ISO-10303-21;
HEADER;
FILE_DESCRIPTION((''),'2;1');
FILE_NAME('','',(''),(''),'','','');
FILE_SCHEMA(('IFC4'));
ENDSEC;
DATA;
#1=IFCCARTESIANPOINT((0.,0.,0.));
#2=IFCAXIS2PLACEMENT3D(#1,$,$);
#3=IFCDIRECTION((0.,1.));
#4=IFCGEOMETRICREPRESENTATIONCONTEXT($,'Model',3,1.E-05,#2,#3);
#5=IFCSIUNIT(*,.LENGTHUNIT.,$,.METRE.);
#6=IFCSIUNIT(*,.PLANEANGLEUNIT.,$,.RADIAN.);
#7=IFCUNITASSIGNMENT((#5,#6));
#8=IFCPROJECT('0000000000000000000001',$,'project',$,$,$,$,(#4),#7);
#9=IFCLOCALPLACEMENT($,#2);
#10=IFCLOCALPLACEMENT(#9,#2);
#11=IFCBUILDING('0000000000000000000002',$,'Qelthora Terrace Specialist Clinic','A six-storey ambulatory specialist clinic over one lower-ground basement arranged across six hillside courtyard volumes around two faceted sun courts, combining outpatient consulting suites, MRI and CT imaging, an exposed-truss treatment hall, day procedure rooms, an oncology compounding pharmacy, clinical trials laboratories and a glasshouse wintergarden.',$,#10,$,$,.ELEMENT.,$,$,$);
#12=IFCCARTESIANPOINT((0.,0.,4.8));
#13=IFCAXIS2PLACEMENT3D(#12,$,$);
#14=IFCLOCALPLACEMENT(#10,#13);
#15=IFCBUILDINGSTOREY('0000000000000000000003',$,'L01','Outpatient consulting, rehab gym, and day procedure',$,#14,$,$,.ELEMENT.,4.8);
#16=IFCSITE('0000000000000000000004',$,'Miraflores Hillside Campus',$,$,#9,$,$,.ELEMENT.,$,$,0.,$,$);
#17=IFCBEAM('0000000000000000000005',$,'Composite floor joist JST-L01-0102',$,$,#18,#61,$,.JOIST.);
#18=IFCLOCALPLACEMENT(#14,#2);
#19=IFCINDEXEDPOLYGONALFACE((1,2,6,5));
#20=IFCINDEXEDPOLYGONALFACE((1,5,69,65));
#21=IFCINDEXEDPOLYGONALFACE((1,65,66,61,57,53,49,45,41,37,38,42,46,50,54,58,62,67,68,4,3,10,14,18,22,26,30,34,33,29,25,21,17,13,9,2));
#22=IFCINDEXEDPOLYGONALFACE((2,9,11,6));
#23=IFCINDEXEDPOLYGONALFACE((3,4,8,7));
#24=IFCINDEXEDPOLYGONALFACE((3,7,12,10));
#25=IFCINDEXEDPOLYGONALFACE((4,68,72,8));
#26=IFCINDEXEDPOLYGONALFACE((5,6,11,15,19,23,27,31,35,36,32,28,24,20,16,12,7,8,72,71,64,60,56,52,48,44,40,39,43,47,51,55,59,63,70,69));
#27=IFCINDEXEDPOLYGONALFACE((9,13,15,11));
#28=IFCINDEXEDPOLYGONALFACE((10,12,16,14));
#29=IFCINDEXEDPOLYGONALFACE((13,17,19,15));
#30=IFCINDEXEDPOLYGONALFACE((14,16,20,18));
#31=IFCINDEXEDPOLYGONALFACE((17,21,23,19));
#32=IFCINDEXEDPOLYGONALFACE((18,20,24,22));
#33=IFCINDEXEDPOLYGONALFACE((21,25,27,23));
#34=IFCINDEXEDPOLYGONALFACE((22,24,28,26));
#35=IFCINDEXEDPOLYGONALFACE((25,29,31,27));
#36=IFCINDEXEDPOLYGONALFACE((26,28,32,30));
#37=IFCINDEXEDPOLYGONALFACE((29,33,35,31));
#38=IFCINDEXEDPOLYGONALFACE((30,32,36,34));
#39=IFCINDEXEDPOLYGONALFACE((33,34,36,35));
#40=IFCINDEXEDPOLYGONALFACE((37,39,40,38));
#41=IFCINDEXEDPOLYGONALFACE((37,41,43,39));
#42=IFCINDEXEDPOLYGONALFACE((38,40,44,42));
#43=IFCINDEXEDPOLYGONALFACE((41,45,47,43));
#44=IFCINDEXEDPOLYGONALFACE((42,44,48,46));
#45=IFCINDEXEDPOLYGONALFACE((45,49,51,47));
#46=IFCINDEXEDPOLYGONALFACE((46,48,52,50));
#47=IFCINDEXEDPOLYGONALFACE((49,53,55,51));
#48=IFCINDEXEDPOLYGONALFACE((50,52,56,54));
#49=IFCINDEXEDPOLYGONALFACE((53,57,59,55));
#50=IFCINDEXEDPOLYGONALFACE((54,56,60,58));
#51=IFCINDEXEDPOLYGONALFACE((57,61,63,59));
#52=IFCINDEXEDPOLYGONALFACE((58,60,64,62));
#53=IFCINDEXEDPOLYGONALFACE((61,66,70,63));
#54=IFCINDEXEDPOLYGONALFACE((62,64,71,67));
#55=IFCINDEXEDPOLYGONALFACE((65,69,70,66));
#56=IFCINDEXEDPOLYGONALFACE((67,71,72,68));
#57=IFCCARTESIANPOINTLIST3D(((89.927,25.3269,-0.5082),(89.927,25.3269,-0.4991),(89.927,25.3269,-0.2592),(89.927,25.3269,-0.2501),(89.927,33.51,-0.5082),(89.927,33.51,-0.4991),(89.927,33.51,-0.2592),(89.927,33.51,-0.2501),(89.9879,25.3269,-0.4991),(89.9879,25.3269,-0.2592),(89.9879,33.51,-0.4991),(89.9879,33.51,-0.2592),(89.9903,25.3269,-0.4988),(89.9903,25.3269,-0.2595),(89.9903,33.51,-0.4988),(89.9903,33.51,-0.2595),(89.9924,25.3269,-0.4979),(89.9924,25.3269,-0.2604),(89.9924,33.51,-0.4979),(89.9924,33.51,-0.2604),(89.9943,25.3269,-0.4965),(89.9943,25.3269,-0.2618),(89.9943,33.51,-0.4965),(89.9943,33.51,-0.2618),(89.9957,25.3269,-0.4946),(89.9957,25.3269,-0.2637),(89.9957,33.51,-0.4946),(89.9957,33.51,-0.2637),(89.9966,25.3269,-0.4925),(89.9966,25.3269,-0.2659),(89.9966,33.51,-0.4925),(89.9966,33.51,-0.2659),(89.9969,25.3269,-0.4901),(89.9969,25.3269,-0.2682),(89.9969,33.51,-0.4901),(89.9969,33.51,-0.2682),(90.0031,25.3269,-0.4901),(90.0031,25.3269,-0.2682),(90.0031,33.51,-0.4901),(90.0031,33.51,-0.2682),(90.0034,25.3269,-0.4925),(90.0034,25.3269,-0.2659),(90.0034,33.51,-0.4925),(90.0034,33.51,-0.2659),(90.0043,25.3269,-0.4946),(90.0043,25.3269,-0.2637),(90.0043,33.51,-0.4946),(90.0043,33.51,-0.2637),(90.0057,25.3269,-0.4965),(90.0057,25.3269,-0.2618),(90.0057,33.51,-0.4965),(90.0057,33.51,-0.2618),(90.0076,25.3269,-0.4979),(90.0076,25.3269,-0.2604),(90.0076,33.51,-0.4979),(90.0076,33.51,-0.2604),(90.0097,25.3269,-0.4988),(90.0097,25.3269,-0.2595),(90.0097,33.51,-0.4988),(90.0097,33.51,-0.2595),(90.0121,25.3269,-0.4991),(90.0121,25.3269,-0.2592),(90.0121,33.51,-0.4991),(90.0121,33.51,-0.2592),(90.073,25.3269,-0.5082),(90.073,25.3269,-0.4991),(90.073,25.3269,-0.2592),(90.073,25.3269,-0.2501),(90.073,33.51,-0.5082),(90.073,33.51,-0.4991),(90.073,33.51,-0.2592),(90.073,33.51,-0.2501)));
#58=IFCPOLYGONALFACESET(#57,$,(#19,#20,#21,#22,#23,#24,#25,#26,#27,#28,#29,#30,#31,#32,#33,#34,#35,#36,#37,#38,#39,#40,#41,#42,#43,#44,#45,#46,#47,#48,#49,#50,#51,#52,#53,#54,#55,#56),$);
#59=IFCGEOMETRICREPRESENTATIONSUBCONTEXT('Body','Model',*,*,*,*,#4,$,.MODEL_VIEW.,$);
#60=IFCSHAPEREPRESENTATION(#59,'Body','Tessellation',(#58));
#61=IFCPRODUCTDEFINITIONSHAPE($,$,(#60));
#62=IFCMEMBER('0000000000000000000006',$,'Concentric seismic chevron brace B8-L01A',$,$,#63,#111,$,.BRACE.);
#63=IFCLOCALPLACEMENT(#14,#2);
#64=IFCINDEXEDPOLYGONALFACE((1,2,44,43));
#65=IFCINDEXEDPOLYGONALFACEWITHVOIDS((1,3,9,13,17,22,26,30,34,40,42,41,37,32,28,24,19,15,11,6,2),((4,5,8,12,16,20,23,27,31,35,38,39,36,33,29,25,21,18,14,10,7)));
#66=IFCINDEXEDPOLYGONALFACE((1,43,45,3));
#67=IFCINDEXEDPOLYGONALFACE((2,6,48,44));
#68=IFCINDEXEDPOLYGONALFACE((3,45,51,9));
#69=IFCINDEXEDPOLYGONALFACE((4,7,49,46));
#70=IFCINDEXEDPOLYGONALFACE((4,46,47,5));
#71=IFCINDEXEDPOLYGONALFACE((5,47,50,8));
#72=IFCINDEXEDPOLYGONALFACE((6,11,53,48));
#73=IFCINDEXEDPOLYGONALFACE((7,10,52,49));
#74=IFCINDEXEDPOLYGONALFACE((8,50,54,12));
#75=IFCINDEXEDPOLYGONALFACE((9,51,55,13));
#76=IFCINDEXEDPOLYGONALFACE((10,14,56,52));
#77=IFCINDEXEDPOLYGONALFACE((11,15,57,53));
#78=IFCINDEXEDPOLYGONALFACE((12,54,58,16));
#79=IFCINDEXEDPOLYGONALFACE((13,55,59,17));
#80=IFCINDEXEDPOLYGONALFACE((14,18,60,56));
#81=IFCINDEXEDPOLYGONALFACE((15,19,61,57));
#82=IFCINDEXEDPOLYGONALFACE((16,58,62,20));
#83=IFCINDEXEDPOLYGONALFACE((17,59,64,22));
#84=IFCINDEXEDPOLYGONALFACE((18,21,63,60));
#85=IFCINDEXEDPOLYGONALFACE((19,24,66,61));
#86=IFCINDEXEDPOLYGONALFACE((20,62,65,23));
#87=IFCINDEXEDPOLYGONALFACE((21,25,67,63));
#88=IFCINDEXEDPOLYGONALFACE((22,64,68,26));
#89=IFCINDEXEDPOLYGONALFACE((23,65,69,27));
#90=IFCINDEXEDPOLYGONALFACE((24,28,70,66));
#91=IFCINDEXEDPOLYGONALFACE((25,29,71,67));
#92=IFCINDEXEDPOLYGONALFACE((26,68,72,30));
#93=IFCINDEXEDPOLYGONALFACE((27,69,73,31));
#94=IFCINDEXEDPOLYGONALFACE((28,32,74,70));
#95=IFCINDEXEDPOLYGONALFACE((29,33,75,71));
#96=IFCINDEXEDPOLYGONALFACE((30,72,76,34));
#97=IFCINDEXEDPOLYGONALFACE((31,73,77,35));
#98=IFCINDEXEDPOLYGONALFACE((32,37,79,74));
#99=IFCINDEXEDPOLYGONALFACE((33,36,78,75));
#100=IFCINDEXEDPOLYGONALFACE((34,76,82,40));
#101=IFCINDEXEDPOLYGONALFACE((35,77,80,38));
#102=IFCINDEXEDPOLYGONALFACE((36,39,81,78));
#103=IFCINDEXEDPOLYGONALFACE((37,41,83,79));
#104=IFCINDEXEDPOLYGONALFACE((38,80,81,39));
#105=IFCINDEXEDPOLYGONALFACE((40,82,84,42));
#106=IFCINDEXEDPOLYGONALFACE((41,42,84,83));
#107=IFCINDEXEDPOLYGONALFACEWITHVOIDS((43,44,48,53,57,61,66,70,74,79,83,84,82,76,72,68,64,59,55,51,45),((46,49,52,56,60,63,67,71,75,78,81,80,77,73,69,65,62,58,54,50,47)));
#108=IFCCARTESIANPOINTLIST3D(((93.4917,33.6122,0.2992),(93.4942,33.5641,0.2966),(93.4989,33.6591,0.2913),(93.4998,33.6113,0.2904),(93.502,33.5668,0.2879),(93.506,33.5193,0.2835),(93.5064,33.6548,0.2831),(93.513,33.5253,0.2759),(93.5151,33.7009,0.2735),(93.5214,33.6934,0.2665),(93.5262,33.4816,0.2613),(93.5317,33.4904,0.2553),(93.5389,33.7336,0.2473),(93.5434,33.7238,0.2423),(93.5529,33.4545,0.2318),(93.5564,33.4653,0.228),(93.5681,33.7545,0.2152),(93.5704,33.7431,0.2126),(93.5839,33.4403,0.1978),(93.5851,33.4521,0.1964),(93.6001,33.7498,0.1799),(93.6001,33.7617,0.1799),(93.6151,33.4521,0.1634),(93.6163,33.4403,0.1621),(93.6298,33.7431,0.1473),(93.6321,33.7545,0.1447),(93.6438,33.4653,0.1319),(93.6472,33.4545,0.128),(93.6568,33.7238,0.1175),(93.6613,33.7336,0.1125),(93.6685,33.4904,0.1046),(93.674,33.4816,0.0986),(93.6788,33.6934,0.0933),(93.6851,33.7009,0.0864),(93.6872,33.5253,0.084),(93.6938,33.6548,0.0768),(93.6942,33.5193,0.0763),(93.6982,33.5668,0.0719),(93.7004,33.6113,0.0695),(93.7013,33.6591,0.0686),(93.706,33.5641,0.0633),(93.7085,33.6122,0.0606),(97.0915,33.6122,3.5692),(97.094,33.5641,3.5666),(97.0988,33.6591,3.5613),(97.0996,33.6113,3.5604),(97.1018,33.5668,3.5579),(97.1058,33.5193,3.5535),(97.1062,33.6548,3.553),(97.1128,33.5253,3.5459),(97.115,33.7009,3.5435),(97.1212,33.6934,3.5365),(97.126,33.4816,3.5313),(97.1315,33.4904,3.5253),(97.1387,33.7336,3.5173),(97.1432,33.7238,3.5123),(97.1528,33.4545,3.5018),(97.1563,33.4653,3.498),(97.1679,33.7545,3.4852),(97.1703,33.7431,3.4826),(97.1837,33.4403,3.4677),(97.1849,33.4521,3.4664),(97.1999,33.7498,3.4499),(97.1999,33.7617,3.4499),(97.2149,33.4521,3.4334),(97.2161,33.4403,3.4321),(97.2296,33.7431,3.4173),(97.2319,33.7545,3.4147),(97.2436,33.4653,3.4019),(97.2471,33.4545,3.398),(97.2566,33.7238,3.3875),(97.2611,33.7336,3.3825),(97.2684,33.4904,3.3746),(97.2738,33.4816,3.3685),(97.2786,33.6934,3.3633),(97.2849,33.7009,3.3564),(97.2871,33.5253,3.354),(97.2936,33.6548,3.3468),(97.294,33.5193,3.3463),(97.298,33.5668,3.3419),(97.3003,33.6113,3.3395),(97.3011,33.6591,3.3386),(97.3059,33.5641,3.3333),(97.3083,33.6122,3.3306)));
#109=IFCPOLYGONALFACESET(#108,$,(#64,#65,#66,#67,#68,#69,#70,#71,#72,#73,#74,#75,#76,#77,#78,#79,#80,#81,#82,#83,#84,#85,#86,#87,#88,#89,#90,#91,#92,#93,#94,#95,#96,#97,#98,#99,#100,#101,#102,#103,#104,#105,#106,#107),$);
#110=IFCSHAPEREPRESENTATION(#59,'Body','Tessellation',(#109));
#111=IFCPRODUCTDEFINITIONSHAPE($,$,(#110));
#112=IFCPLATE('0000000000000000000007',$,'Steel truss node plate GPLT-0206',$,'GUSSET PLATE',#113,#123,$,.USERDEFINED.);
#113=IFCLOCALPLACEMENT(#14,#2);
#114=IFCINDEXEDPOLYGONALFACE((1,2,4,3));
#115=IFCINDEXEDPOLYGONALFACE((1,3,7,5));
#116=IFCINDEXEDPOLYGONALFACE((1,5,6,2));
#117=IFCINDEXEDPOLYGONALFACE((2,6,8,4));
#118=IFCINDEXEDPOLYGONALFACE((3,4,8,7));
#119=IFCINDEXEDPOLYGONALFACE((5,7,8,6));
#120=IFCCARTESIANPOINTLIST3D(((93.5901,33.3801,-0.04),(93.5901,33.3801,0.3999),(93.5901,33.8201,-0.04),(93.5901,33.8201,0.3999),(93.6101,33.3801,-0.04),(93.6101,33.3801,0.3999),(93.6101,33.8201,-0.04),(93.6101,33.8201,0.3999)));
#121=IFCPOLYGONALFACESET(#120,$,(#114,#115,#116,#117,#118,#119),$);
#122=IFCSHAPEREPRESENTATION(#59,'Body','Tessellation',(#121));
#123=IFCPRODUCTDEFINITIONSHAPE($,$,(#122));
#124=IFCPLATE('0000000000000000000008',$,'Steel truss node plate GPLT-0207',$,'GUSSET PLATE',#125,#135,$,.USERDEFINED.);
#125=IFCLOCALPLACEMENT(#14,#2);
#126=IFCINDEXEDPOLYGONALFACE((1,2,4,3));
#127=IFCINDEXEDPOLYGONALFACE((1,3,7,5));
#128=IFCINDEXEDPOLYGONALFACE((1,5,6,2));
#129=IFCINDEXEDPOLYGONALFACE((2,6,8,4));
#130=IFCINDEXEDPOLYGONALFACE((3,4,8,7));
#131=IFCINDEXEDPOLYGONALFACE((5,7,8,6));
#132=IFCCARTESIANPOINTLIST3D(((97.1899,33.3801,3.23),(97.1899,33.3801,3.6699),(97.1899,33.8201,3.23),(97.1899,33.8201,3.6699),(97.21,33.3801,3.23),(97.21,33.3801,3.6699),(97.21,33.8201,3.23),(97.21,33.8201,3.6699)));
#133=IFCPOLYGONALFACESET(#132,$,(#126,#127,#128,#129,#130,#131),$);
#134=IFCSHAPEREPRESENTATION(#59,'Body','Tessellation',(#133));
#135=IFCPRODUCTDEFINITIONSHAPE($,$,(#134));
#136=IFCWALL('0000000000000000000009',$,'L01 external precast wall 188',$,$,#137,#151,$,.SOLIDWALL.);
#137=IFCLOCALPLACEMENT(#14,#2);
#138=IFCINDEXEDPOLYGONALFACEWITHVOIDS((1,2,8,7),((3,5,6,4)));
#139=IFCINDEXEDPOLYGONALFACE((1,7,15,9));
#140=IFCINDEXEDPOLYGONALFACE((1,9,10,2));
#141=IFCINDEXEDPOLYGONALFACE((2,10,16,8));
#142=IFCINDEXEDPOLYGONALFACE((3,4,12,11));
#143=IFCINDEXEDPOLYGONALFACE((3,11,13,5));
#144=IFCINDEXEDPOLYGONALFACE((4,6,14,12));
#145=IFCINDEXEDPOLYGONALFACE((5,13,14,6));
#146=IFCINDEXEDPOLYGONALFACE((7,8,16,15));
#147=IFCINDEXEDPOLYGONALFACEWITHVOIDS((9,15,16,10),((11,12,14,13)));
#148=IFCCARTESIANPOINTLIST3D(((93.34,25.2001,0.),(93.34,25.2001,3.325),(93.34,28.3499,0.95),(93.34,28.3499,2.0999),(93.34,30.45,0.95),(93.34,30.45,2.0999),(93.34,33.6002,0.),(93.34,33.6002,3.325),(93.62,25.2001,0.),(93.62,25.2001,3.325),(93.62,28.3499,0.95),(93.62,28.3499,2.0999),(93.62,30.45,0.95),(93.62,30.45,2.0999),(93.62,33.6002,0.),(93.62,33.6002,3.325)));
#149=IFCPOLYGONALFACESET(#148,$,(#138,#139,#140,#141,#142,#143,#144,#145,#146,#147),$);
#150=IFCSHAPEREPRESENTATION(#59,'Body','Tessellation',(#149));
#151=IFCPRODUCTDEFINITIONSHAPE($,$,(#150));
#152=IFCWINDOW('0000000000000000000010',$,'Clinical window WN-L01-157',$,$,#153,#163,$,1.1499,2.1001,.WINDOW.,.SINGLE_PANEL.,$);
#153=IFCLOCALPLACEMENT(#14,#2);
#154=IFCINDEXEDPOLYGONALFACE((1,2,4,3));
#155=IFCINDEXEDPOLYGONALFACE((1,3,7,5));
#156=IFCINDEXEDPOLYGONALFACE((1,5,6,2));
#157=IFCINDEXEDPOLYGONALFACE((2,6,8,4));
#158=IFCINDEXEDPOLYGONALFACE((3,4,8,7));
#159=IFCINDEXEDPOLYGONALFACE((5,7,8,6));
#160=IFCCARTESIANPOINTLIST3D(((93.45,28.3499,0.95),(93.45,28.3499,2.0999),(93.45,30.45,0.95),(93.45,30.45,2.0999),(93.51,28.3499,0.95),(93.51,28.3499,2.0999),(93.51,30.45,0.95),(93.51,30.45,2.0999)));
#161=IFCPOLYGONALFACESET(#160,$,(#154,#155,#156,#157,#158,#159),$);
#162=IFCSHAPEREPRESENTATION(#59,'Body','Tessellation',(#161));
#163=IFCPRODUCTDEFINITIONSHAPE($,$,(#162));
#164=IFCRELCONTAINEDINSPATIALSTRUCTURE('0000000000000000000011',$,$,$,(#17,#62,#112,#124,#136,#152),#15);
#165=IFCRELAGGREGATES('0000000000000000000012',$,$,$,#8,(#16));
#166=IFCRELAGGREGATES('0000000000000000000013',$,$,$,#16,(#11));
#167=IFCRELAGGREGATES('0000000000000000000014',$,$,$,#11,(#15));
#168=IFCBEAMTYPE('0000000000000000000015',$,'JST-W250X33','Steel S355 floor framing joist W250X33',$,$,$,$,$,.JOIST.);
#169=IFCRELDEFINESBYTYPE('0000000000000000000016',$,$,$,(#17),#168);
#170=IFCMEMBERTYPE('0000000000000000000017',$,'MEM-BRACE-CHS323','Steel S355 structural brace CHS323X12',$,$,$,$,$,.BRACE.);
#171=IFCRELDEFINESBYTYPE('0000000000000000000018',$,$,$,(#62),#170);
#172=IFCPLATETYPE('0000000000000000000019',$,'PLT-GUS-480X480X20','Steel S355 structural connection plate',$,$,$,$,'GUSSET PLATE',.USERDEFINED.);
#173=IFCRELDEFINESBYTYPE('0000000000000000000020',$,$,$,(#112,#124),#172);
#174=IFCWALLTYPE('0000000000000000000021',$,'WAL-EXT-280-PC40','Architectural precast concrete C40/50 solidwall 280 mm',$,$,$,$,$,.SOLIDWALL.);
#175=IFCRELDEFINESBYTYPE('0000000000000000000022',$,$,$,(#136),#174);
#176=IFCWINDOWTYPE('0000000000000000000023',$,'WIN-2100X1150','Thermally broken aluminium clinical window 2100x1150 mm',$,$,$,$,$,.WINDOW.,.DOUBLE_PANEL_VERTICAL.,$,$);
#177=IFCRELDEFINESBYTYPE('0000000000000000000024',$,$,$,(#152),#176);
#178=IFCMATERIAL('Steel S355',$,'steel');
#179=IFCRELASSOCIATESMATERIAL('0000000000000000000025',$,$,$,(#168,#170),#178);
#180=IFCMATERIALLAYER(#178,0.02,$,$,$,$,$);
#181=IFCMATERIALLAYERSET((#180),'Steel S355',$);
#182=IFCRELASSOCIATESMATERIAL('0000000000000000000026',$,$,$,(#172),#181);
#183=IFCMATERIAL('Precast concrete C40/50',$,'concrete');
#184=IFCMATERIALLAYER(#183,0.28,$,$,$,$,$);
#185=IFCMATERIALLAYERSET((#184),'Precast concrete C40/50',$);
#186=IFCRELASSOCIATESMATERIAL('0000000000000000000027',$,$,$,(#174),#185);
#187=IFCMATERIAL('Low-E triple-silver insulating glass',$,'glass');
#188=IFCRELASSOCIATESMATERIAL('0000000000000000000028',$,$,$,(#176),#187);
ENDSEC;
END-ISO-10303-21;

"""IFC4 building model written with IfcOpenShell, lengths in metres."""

from ifc_helpers import new_model, si_unit, direction, frame, frame_2d, origin, origin_2d, place, context, subcontext, project, spatial, rectangle, hollow_circle, i_section, extrude, material, layer, layer_set, material_profile, profile_set, type_object, element, fill, save


model = new_model("IFC4")

# Units and contexts
model_context = context("Model", 3, precision=1e-05, world=origin(), true_north=direction((0.0, 1.0)))
body_context = subcontext(model_context, "Body", "Model", "MODEL_VIEW")
ifc_project = project(units=[si_unit("LENGTHUNIT", "METRE"), si_unit("PLANEANGLEUNIT", "RADIAN")], contexts=[model_context])

# Site, building, storey
site_placement = place(None, origin())
site = spatial("IfcSite", under=ifc_project, at=site_placement, Name="Miraflores Hillside Campus", CompositionType="ELEMENT", RefElevation=0.0)
building_placement = place(site_placement, origin())
building = spatial("IfcBuilding", under=site, at=building_placement, Name="Qelthora Terrace Specialist Clinic", Description="A six-storey ambulatory specialist clinic over one lower-ground basement arranged across six hillside courtyard volumes around two faceted sun courts, combining outpatient consulting suites, MRI and CT imaging, an exposed-truss treatment hall, day procedure rooms, an oncology compounding pharmacy, clinical trials laboratories and a glasshouse wintergarden.", CompositionType="ELEMENT")
storey_placement = place(building_placement, frame((0.0, 0.0, 4.8)))
storey = spatial("IfcBuildingStorey", under=building, at=storey_placement, Name="L01", Description="Outpatient consulting, rehab gym, and day procedure", CompositionType="ELEMENT", Elevation=4.8)

# Shared definitions
ifc_material_1 = material(Name="Steel S355", Category="steel")

# Beam
ifc_material_profile_1 = material_profile(ifc_material_1, i_section(OverallWidth=0.146, OverallDepth=0.2581, WebThickness=0.0061, FlangeThickness=0.009, FilletRadius=0.009, at=origin_2d()), Name="W250X33")
ifc_profile_set_1 = profile_set([ifc_material_profile_1], Name="Steel S355")
beam_type_1 = type_object("IfcBeamType", Name="JST-W250X33", Description="Steel S355 floor framing joist W250X33", PredefinedType="JOIST", material=ifc_profile_set_1)
beam_1_placement = place(storey_placement, frame((90.0, 25.3269, -0.3792), z_axis=(0.0, 1.0, 0.0), x_axis=(-1.0, 0.0, 0.0)))
element("IfcBeam", 1, at=beam_1_placement, inside=storey, type_object=beam_type_1, Name="Composite floor joist JST-L01-0102", PredefinedType="JOIST", context=body_context, shape_type="SweptSolid", body=[
    extrude(i_section(OverallWidth=0.146, OverallDepth=0.2581, WebThickness=0.0061, FlangeThickness=0.009, FilletRadius=0.009, at=origin_2d()), origin(), (0.0, 0.0, 1.0), 8.1831),
])

# Member
ifc_material_profile_2 = material_profile(ifc_material_1, hollow_circle(Radius=0.1616, WallThickness=0.012, at=origin_2d()), Name="CHS323X12")
ifc_profile_set_2 = profile_set([ifc_material_profile_2], Name="Steel S355")
member_type = type_object("IfcMemberType", Name="MEM-BRACE-CHS323", Description="Steel S355 structural brace CHS323X12", PredefinedType="BRACE", material=ifc_profile_set_2)
member_placement = place(storey_placement, frame((93.6001, 33.6001, 0.1799), z_axis=(0.740204, 0.0, 0.672383), x_axis=(0.0, 1.0, 0.0)))
element("IfcMember", 2, at=member_placement, inside=storey, type_object=member_type, Name="Concentric seismic chevron brace B8-L01A", PredefinedType="BRACE", context=body_context, shape_type="SweptSolid", body=[
    extrude(hollow_circle(Radius=0.1616, WallThickness=0.012, at=origin_2d()), origin(), (0.0, 0.0, 1.0), 4.8633),
])

# Plates
ifc_layer_1 = layer(ifc_material_1, 0.02)
ifc_layer_set_1 = layer_set([ifc_layer_1], Name="Steel S355")
plate_type = type_object("IfcPlateType", Name="PLT-GUS-480X480X20", Description="Steel S355 structural connection plate", ElementType="GUSSET PLATE", PredefinedType="USERDEFINED", material=ifc_layer_set_1)
for number, where, z_axis, x_axis, name in (
    (3, (93.6001, 33.6001, -0.04), (0.0, 0.0, 1.0), (1.0, 0.0, 0.0), "Steel truss node plate GPLT-0206"),
    (4, (97.2, 33.6001, 3.23), (0.0, 0.0, 1.0), (1.0, 0.0, 0.0), "Steel truss node plate GPLT-0207"),
):
    element("IfcPlate", number, at=place(storey_placement, frame(where, z_axis=z_axis, x_axis=x_axis)), inside=storey, type_object=plate_type, Name=name, ObjectType="GUSSET PLATE", PredefinedType="USERDEFINED", context=body_context, shape_type="SweptSolid", body=[
        extrude(rectangle(XDim=0.02, YDim=0.4399, at=origin_2d()), origin(), (0.0, 0.0, 1.0), 0.4399),
    ])

# Wall, opening, window
ifc_material_2 = material(Name="Precast concrete C40/50", Category="concrete")
ifc_layer_2 = layer(ifc_material_2, 0.28)
ifc_layer_set_2 = layer_set([ifc_layer_2], Name="Precast concrete C40/50")
wall_type_1 = type_object("IfcWallType", Name="WAL-EXT-280-PC40", Description="Architectural precast concrete C40/50 solidwall 280 mm", PredefinedType="SOLIDWALL", material=ifc_layer_set_2)
wall_1_placement = place(storey_placement, frame((93.48, 25.2, 0.0), z_axis=(0.0, 0.0, 1.0), x_axis=(0.0, 1.0, 0.0)))
wall_1 = element("IfcWall", 5, at=wall_1_placement, inside=storey, type_object=wall_type_1, Name="L01 external precast wall 188", PredefinedType="SOLIDWALL", context=body_context, shape_type="SweptSolid", body=[
    extrude(rectangle(XDim=8.4001, YDim=0.28, at=frame_2d((4.2002, 0.0))), origin(), (0.0, 0.0, 1.0), 3.325),
])
opening_1_placement = place(wall_1_placement, frame((3.1499, 0.0, 0.95)))
opening_1 = element("IfcOpeningElement", 6, at=opening_1_placement, cuts=wall_1, PredefinedType="OPENING", context=body_context, shape_type="SweptSolid", body=[
    extrude(rectangle(XDim=2.1001, YDim=1.1499, at=frame_2d((1.05, 0.575))), frame((0.0, 0.1499, 0.0), z_axis=(0.0, -1.0, 0.0), x_axis=(1.0, 0.0, 0.0)), (0.0, 0.0, 1.0), 0.3),
])
ifc_material_3 = material(Name="Low-E triple-silver insulating glass", Category="glass")
window_type_1 = type_object("IfcWindowType", Name="WIN-2100X1150", Description="Thermally broken aluminium clinical window 2100x1150 mm", PartitioningType="DOUBLE_PANEL_VERTICAL", PredefinedType="WINDOW", material=ifc_material_3)
window_1_placement = place(opening_1_placement, origin())
window_1 = element("IfcWindow", 7, at=window_1_placement, inside=storey, type_object=window_type_1, Name="Clinical window WN-L01-157", OverallHeight=1.1499, OverallWidth=2.1001, PartitioningType="SINGLE_PANEL", PredefinedType="WINDOW", context=body_context, shape_type="SweptSolid", body=[
    extrude(rectangle(XDim=2.1001, YDim=1.1499, at=frame_2d((1.05, 0.575))), frame((0.0, 0.03, 0.0), z_axis=(0.0, -1.0, 0.0), x_axis=(1.0, 0.0, 0.0)), (0.0, 0.0, 1.0), 0.0601),
])
fill(opening_1, window_1)

save(model, "model.ifc")
